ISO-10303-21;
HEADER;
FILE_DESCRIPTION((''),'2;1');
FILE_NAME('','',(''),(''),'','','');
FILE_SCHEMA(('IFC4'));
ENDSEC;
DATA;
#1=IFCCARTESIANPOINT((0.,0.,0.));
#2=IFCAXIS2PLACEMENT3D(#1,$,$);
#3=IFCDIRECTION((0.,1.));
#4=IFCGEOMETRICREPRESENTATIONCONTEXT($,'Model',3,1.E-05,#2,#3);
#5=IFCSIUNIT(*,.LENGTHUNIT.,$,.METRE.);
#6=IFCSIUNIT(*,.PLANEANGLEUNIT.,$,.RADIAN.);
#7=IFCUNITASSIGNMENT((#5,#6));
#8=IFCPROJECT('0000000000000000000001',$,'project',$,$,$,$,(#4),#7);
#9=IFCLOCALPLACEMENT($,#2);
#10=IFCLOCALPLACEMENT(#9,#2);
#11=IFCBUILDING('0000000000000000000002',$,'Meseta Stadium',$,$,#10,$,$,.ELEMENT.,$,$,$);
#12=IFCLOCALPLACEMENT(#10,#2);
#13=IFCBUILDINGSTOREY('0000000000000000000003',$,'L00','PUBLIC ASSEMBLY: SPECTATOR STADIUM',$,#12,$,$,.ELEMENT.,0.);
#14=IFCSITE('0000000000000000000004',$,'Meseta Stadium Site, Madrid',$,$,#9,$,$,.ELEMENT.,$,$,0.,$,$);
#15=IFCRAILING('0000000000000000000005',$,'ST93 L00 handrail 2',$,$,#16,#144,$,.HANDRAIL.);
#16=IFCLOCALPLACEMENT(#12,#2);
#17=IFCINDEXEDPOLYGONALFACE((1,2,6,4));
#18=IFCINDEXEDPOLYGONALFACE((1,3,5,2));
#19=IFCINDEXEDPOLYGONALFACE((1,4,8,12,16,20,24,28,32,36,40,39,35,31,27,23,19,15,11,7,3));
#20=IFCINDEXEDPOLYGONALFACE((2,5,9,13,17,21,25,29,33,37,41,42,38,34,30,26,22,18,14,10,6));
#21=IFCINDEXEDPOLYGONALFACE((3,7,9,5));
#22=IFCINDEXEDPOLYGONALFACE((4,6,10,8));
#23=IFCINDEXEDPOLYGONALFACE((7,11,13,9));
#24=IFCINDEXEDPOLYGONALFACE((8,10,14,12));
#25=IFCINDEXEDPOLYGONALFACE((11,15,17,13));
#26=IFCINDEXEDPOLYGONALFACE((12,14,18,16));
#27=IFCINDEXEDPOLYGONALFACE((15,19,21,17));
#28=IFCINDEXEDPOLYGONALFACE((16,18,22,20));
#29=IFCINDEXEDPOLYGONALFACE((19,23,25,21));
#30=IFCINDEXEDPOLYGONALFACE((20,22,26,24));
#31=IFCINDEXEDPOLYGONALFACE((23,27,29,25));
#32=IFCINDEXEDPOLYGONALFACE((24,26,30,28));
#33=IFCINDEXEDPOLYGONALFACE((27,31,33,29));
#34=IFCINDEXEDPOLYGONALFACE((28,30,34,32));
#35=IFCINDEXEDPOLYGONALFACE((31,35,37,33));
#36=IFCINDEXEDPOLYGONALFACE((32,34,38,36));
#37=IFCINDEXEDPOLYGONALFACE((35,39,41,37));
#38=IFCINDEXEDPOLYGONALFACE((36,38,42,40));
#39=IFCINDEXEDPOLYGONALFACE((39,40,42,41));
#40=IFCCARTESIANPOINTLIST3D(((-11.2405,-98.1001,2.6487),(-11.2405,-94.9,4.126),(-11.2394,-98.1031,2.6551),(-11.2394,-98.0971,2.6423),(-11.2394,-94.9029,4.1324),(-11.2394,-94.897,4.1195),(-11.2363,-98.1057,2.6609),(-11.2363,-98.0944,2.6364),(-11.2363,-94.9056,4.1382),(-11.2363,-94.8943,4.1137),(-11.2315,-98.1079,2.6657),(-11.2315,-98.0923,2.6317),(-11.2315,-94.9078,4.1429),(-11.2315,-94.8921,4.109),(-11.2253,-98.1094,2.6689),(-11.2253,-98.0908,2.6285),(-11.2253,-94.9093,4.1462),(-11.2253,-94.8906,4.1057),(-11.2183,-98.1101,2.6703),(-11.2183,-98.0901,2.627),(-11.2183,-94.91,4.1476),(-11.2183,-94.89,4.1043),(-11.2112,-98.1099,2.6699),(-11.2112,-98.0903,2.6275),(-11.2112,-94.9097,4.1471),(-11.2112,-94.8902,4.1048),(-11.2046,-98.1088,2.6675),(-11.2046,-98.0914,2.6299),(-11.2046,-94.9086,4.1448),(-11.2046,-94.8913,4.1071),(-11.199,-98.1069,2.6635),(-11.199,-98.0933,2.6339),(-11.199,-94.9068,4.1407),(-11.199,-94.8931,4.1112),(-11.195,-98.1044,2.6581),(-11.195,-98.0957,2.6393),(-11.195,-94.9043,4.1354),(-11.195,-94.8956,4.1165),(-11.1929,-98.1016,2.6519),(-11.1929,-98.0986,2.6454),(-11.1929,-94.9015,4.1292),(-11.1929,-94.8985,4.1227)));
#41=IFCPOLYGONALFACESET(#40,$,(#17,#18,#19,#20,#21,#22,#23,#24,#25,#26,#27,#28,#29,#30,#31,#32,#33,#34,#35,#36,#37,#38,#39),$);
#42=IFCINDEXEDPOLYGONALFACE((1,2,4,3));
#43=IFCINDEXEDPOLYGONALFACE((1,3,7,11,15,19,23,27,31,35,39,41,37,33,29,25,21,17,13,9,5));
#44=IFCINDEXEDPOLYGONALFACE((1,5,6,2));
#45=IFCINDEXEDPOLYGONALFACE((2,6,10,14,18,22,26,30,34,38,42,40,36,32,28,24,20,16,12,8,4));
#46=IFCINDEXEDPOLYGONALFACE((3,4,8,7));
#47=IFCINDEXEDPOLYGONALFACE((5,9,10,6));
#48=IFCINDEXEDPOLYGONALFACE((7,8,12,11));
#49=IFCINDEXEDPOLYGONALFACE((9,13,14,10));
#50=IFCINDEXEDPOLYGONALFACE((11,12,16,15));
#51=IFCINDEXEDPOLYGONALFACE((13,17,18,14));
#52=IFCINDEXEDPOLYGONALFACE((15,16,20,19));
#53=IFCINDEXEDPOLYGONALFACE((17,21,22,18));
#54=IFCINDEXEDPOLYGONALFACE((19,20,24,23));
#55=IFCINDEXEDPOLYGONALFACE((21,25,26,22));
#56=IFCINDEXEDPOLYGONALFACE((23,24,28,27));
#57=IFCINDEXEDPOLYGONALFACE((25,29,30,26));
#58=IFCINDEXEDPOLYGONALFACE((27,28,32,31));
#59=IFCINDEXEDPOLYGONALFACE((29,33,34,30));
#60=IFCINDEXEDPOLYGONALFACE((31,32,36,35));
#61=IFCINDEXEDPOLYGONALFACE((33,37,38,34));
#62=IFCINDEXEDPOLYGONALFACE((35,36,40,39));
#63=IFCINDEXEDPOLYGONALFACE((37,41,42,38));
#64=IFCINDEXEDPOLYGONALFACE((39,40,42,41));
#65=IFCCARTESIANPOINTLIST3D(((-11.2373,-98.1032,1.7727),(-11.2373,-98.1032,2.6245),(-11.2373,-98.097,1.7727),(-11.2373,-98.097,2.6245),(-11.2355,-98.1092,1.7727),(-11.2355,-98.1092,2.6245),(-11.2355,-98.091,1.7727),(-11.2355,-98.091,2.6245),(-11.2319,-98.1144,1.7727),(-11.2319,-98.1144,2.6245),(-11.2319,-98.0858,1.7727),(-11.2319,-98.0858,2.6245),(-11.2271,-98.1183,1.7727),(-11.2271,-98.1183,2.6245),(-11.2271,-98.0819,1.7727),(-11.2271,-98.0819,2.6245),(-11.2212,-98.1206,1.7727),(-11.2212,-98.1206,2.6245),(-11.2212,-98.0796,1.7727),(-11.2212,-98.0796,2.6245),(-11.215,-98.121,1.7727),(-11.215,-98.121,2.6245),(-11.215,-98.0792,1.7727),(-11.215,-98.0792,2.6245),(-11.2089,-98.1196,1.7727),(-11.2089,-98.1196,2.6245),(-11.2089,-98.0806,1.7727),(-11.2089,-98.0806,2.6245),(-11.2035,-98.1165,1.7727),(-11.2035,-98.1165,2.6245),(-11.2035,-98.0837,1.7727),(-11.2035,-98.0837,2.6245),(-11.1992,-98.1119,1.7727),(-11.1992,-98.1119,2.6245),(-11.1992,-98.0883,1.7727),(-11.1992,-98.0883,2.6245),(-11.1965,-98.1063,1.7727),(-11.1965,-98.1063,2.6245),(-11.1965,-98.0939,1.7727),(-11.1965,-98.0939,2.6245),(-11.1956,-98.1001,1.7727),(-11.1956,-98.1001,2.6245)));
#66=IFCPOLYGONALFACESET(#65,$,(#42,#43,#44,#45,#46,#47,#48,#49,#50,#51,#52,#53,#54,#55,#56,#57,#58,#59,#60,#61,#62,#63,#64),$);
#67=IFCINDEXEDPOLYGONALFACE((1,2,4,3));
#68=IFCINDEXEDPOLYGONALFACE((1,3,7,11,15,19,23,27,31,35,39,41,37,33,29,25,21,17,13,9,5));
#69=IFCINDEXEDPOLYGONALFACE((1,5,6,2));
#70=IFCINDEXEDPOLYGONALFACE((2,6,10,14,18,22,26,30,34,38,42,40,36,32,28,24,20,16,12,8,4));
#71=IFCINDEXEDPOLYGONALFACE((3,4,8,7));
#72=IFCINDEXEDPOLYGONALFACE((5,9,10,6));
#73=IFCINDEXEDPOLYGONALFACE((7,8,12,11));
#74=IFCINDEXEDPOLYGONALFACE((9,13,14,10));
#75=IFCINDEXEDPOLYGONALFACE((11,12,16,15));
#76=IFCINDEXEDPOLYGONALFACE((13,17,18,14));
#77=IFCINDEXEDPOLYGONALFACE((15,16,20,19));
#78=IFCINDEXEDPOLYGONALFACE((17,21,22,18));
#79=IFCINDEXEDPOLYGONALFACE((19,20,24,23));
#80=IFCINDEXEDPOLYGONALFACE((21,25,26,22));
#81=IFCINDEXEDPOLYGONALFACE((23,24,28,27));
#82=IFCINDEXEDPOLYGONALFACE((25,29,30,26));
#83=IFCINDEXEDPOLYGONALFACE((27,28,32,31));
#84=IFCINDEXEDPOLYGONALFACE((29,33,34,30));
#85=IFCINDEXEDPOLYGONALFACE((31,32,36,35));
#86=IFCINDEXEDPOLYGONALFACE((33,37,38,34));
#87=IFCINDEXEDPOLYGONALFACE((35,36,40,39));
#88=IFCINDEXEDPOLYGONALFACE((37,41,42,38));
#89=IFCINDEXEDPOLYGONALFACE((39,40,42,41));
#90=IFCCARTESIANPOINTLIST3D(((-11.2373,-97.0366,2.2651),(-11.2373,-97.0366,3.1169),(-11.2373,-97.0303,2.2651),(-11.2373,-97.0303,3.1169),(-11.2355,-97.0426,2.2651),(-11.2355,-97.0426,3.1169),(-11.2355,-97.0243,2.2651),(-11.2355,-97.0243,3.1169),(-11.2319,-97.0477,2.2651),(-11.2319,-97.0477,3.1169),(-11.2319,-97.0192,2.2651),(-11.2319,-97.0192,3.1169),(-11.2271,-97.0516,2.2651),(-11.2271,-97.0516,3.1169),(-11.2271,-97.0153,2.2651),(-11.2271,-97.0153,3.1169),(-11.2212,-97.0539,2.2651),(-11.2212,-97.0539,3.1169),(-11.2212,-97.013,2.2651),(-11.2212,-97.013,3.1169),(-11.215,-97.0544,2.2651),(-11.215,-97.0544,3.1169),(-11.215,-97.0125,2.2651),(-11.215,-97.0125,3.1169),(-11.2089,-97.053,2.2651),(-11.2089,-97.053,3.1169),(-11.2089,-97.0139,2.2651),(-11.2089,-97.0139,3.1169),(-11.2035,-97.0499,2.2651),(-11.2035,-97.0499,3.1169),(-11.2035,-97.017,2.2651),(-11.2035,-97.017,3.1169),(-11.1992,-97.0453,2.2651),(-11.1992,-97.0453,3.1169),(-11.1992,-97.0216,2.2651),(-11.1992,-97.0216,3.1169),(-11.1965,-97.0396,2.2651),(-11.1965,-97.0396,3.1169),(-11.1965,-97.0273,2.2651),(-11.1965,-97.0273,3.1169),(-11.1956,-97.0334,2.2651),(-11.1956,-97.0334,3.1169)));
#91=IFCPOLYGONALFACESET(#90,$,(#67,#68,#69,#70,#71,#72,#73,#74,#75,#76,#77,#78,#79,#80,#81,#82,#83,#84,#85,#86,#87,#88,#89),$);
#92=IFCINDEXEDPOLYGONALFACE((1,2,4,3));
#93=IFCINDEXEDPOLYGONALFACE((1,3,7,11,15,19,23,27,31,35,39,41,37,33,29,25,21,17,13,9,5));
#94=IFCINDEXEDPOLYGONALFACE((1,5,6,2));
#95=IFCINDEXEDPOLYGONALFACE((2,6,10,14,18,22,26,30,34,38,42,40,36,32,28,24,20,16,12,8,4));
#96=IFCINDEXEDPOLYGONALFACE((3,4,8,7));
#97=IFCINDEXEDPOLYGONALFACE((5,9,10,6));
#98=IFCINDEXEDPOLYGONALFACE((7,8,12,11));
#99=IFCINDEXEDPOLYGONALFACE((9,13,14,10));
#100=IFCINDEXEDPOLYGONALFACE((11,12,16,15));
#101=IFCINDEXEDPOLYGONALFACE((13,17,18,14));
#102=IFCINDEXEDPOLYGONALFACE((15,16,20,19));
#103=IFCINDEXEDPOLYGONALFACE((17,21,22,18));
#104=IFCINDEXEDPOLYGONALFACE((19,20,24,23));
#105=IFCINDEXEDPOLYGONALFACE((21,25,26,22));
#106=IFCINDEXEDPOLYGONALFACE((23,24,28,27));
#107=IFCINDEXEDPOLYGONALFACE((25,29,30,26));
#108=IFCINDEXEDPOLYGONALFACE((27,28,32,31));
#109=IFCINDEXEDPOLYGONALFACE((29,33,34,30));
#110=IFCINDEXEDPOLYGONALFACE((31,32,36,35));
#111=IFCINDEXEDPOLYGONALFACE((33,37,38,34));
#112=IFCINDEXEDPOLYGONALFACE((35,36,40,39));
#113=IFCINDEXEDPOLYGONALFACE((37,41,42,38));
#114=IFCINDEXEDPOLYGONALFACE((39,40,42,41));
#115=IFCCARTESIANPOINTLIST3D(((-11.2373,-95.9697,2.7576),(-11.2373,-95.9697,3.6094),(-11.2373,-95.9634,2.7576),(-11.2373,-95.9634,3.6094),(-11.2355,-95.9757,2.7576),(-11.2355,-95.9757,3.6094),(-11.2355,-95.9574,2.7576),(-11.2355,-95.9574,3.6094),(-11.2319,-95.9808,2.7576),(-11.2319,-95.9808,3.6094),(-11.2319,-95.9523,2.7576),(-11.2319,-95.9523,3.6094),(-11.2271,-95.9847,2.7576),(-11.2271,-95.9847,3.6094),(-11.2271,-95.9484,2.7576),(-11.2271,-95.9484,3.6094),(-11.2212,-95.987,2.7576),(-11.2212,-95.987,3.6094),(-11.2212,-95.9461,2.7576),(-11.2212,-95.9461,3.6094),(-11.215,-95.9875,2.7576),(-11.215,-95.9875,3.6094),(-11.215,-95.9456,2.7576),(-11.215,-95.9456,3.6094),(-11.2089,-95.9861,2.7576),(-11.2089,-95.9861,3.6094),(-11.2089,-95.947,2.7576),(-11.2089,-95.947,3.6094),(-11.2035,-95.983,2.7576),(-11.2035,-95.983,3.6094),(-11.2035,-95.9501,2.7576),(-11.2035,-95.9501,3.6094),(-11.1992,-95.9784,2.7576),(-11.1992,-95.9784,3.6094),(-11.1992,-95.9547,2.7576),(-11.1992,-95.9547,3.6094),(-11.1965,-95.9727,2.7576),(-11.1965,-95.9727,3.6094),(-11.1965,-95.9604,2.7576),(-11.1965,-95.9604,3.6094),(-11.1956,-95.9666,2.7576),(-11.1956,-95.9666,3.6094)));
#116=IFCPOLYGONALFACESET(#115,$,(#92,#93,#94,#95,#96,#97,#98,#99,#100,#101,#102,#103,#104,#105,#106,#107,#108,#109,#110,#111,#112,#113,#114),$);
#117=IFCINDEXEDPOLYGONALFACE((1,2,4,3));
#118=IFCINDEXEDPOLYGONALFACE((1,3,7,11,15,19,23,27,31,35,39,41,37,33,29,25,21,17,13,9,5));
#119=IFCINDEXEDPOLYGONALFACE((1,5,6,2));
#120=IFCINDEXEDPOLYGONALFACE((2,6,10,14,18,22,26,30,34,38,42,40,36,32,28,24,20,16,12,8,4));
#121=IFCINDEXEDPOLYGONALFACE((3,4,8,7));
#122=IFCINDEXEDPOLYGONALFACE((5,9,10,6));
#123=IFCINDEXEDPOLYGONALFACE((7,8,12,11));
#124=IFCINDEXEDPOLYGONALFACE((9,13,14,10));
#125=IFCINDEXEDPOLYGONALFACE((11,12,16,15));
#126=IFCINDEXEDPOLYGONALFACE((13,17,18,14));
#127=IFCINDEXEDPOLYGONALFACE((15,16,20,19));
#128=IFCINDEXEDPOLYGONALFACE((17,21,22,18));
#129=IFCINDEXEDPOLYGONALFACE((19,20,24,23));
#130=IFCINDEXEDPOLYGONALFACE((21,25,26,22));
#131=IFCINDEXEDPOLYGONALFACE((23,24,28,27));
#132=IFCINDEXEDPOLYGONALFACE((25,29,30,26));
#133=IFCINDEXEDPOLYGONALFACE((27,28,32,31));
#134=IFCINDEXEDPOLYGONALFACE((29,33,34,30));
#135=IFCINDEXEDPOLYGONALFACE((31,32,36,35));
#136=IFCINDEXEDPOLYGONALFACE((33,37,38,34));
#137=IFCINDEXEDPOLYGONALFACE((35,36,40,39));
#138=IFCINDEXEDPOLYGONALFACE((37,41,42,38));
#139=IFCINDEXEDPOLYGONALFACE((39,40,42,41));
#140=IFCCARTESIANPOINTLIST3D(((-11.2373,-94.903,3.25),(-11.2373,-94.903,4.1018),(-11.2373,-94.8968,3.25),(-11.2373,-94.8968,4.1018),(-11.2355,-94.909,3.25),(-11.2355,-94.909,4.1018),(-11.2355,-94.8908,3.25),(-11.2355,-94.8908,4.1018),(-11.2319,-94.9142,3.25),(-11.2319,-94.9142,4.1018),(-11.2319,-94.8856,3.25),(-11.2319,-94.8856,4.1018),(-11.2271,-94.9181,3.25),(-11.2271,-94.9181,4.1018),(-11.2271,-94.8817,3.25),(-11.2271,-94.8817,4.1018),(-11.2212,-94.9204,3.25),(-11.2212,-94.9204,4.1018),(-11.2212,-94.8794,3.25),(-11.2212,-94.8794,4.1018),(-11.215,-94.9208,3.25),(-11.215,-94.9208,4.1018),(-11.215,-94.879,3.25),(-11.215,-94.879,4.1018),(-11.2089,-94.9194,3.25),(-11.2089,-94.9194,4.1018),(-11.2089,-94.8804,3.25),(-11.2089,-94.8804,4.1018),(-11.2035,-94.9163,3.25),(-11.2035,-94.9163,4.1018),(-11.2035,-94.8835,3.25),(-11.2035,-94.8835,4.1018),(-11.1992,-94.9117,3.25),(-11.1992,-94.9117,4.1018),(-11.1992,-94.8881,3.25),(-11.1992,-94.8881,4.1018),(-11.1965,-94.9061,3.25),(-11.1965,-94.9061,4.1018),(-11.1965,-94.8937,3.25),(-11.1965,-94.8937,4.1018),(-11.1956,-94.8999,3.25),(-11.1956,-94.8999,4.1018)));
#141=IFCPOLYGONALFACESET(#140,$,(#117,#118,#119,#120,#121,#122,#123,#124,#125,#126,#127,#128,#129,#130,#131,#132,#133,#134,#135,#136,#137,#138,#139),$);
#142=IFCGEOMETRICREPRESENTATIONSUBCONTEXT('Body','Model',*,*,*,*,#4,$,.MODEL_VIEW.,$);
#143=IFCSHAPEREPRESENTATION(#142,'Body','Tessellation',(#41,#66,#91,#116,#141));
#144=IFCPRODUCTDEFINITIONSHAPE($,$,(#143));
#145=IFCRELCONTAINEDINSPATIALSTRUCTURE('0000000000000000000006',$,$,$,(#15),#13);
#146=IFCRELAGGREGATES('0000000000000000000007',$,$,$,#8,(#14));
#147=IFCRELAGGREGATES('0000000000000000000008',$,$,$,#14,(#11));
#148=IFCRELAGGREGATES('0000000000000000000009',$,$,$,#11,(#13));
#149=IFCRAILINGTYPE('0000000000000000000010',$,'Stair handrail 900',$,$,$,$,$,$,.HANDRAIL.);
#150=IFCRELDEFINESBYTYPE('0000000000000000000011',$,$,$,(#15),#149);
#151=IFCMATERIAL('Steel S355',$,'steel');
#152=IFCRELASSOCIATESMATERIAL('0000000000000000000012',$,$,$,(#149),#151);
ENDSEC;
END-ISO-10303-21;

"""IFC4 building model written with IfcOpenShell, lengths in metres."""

from ifc_helpers import new_model, si_unit, direction, frame, origin, origin_2d, place, context, subcontext, project, spatial, circle, extrude, material, type_object, element, save


model = new_model("IFC4")

# Units and contexts
model_context = context("Model", 3, precision=1e-05, world=origin(), true_north=direction((0.0, 1.0)))
body_context = subcontext(model_context, "Body", "Model", "MODEL_VIEW")
ifc_project = project(units=[si_unit("LENGTHUNIT", "METRE"), si_unit("PLANEANGLEUNIT", "RADIAN")], contexts=[model_context])

# Site, building, storey
site_placement = place(None, origin())
site = spatial("IfcSite", under=ifc_project, at=site_placement, Name="Meseta Stadium Site, Madrid", CompositionType="ELEMENT", RefElevation=0.0)
building_placement = place(site_placement, origin())
building = spatial("IfcBuilding", under=site, at=building_placement, Name="Meseta Stadium", CompositionType="ELEMENT")
storey_placement = place(building_placement, origin())
storey = spatial("IfcBuildingStorey", under=building, at=storey_placement, Name="L00", Description="PUBLIC ASSEMBLY: SPECTATOR STADIUM", CompositionType="ELEMENT", Elevation=0.0)

# Railing
ifc_material_1 = material(Name="Steel S355", Category="steel")
railing_type_1 = type_object("IfcRailingType", Name="Stair handrail 900", PredefinedType="HANDRAIL", material=ifc_material_1)
railing_1_placement = place(storey_placement, frame((-11.2166, -98.1001, 1.7727)))
element("IfcRailing", 1, at=railing_1_placement, inside=storey, type_object=railing_type_1, Name="ST93 L00 handrail 2", PredefinedType="HANDRAIL", context=body_context, shape_type="SweptSolid", body=[
    extrude(circle(Radius=0.0239, at=origin_2d()), frame((0.0, 0.0, 0.876), z_axis=(0.0, 0.907929, 0.419124), x_axis=(-1.0, 0.0, 0.0)), (0.0, 0.0, 1.0), 3.5247),
    extrude(circle(Radius=0.021, at=origin_2d()), origin(), (0.0, 0.0, 1.0), 0.8518),
    extrude(circle(Radius=0.021, at=origin_2d()), frame((0.0, 1.0667, 0.4924)), (0.0, 0.0, 1.0), 0.8518),
    extrude(circle(Radius=0.021, at=origin_2d()), frame((0.0, 2.1335, 0.9849)), (0.0, 0.0, 1.0), 0.8518),
    extrude(circle(Radius=0.021, at=origin_2d()), frame((0.0, 3.2002, 1.4773)), (0.0, 0.0, 1.0), 0.8518),
])

save(model, "model.ifc")
